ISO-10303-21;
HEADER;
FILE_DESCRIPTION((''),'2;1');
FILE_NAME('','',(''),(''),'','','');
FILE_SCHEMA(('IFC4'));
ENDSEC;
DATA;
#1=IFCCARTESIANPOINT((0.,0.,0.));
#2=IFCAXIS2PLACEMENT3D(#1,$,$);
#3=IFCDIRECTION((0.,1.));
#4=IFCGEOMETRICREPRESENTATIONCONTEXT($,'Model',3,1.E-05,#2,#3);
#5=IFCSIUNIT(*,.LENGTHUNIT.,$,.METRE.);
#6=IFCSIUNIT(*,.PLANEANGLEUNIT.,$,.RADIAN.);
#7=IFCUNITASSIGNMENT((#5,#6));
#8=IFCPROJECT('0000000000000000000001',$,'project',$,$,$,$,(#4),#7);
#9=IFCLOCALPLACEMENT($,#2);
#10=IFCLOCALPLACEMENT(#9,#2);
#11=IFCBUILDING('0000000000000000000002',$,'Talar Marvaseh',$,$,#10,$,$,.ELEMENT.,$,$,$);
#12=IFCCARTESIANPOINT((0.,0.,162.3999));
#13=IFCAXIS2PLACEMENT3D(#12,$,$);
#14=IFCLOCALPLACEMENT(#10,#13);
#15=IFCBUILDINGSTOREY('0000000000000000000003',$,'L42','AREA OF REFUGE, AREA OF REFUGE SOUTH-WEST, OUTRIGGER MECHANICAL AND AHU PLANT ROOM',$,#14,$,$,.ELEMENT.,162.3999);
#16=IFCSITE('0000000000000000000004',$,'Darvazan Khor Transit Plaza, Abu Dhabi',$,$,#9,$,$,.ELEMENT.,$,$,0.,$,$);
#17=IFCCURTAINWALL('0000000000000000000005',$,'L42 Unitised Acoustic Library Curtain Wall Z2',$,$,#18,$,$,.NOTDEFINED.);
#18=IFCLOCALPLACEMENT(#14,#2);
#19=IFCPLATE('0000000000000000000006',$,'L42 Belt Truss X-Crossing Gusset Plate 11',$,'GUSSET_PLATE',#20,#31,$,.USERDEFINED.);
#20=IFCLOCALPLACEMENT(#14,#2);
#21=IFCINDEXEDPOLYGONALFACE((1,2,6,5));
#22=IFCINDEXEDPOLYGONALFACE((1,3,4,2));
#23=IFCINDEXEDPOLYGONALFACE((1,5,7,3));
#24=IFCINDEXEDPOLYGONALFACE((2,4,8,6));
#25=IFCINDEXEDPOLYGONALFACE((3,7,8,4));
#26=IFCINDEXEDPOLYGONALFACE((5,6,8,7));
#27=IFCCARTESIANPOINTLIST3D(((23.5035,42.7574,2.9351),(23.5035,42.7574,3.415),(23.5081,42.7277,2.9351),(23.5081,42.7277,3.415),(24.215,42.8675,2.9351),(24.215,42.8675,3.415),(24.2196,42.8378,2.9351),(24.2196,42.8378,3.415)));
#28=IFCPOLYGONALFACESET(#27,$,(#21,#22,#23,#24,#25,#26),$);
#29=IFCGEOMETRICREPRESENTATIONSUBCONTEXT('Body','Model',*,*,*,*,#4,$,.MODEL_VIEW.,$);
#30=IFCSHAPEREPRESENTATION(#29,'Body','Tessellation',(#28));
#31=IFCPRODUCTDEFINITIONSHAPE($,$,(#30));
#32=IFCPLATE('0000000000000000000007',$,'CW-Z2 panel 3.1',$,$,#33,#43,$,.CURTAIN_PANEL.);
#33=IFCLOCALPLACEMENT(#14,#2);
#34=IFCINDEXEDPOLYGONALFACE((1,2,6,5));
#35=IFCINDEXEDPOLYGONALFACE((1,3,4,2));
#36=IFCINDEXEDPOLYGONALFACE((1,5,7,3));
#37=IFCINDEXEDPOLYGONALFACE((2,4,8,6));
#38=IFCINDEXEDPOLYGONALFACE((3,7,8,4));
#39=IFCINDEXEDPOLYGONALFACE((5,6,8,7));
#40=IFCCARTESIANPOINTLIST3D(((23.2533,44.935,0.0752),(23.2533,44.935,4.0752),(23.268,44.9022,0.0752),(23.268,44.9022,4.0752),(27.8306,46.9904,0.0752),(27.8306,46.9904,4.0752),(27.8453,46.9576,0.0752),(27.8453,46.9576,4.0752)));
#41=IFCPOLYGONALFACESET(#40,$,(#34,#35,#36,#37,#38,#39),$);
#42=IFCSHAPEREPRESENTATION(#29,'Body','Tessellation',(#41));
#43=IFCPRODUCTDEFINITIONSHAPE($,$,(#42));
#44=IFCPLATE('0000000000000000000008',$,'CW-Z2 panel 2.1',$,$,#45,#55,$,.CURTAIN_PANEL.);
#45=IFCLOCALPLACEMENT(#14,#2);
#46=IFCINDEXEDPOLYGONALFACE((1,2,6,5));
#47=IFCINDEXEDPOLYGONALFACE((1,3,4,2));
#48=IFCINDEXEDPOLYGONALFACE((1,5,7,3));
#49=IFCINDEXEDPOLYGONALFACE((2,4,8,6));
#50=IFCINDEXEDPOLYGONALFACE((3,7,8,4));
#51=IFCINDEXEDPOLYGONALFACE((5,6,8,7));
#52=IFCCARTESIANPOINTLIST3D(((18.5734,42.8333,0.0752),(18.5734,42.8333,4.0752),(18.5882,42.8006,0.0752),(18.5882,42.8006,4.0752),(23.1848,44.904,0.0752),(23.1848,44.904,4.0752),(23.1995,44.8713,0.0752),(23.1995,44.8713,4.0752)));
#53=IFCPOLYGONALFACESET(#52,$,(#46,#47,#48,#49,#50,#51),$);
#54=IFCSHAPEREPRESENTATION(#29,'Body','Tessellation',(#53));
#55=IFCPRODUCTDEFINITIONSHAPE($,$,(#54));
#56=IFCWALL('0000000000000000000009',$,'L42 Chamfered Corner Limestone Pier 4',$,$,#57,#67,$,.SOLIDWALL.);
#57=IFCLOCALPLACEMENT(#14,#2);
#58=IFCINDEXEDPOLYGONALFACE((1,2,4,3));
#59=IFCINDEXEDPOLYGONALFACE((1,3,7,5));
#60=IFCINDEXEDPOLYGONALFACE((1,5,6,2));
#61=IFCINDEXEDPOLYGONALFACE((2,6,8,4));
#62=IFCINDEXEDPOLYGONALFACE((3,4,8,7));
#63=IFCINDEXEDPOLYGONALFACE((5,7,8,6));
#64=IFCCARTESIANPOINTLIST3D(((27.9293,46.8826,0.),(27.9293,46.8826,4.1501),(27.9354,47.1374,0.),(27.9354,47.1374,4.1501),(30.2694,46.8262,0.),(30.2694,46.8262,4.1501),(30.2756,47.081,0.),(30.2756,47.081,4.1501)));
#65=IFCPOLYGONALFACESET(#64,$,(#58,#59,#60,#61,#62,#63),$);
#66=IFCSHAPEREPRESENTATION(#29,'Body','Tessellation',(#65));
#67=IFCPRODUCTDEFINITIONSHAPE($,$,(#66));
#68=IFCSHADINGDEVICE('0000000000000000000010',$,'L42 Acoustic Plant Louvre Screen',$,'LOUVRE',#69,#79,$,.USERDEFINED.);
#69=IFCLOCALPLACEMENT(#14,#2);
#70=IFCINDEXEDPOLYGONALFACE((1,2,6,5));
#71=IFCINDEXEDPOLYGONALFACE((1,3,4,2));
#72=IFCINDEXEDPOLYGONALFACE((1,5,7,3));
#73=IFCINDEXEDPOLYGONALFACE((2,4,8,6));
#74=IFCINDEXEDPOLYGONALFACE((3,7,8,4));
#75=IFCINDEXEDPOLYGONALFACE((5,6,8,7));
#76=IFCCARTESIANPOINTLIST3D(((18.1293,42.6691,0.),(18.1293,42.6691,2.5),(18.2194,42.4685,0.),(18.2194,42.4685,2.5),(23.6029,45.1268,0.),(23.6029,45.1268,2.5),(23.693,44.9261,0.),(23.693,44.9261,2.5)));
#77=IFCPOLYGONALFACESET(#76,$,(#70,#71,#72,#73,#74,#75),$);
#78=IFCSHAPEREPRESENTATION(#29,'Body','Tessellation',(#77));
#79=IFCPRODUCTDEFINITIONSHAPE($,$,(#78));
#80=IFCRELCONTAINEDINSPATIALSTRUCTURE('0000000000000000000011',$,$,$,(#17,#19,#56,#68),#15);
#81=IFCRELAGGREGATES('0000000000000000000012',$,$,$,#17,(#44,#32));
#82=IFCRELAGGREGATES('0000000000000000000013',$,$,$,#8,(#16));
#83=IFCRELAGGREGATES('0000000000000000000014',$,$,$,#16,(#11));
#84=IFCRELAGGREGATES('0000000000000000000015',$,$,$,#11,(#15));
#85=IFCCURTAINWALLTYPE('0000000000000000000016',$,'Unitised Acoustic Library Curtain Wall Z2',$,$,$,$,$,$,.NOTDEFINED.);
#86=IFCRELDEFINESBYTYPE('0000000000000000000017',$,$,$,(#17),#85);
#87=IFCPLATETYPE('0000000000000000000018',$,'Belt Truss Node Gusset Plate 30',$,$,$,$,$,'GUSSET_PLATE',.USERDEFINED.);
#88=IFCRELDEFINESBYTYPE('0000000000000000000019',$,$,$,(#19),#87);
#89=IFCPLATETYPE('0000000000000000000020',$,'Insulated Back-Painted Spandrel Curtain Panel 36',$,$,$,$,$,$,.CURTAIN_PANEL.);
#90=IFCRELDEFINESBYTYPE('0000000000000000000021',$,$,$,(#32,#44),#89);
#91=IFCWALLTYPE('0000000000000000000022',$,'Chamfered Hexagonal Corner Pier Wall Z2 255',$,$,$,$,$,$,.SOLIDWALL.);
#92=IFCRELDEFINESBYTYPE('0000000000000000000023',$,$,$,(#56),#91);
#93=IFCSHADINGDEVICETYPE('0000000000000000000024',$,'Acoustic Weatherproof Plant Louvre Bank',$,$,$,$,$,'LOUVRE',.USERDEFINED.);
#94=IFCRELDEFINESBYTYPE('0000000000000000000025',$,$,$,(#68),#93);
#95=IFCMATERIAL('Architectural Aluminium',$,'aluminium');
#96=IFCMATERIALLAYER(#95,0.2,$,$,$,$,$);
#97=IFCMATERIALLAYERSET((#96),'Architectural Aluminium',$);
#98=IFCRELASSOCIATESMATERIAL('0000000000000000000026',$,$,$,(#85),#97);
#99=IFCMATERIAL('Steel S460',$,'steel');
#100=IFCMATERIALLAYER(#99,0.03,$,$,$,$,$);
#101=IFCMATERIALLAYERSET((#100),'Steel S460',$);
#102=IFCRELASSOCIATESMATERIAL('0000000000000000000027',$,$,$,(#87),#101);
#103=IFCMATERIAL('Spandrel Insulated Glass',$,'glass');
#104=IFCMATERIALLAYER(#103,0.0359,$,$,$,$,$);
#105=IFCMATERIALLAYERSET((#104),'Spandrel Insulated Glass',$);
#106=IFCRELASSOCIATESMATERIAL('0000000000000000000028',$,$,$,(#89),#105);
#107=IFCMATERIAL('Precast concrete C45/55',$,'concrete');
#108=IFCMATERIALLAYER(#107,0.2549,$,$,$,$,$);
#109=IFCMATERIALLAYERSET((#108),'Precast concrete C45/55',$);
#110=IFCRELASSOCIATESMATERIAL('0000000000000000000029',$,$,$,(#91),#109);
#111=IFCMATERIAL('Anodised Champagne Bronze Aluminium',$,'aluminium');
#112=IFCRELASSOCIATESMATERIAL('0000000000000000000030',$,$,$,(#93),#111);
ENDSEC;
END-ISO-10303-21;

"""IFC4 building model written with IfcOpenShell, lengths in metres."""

from ifc_helpers import new_model, si_unit, direction, frame, frame_2d, origin, origin_2d, place, context, subcontext, project, spatial, rectangle, extrude, source, transform, mapped, material, layer, layer_set, type_object, type_shapes, element, aggregate, save


model = new_model("IFC4")

# Units and contexts
model_context = context("Model", 3, precision=1e-05, world=origin(), true_north=direction((0.0, 1.0)))
body_context = subcontext(model_context, "Body", "Model", "MODEL_VIEW")
ifc_project = project(units=[si_unit("LENGTHUNIT", "METRE"), si_unit("PLANEANGLEUNIT", "RADIAN")], contexts=[model_context])

# Site, building, storey
site_placement = place(None, origin())
site = spatial("IfcSite", under=ifc_project, at=site_placement, Name="Darvazan Khor Transit Plaza, Abu Dhabi", CompositionType="ELEMENT", RefElevation=0.0)
building_placement = place(site_placement, origin())
building = spatial("IfcBuilding", under=site, at=building_placement, Name="Talar Marvaseh", CompositionType="ELEMENT")
storey_placement = place(building_placement, frame((0.0, 0.0, 162.3999)))
storey = spatial("IfcBuildingStorey", under=building, at=storey_placement, Name="L42", Description="AREA OF REFUGE, AREA OF REFUGE SOUTH-WEST, OUTRIGGER MECHANICAL AND AHU PLANT ROOM", CompositionType="ELEMENT", Elevation=162.3999)

# Shared definitions
ifc_material_1 = material(Name="Steel S460", Category="steel")

# Curtain wall
ifc_material_2 = material(Name="Architectural Aluminium", Category="aluminium")
ifc_layer_1 = layer(ifc_material_2, 0.2)
ifc_layer_set_1 = layer_set([ifc_layer_1], Name="Architectural Aluminium")
curtain_wall_type = type_object("IfcCurtainWallType", Name="Unitised Acoustic Library Curtain Wall Z2", PredefinedType="NOTDEFINED", material=ifc_layer_set_1)
curtain_wall_placement = place(storey_placement, origin())
curtain_wall = element("IfcCurtainWall", 1, at=curtain_wall_placement, inside=storey, type_object=curtain_wall_type, Name="L42 Unitised Acoustic Library Curtain Wall Z2", PredefinedType="NOTDEFINED")

# Plate
ifc_layer_2 = layer(ifc_material_1, 0.03)
ifc_layer_set_2 = layer_set([ifc_layer_2], Name="Steel S460")
plate_type_1 = type_object("IfcPlateType", Name="Belt Truss Node Gusset Plate 30", ElementType="GUSSET_PLATE", PredefinedType="USERDEFINED", material=ifc_layer_set_2)
shared_shape_1 = source(origin(), body_context, "Body", "SweptSolid", [
    extrude(rectangle(XDim=0.72, YDim=0.03, at=origin_2d()), origin(), (0.0, 0.0, 1.0), 0.48),
])
type_shapes(plate_type_1, [shared_shape_1])
plate_1_placement = place(storey_placement, frame((23.8616, 42.7976, 2.9351), z_axis=(0.0, 0.0, 1.0), x_axis=(0.988228, 0.152986, 0.0)))
element("IfcPlate", 2, at=plate_1_placement, inside=storey, type_object=plate_type_1, Name="L42 Belt Truss X-Crossing Gusset Plate 11", ObjectType="GUSSET_PLATE", PredefinedType="USERDEFINED", context=body_context, shape_type="MappedRepresentation", body=[
    mapped(shared_shape_1, transform((0.0, 0.0, 0.0), x_axis=(1.0, 0.0, 0.0), y_axis=(0.0, 1.0, 0.0), z_axis=(0.0, 0.0, 1.0), scale=1.0)),
])

# Plates
ifc_material_3 = material(Name="Spandrel Insulated Glass", Category="glass")
ifc_layer_3 = layer(ifc_material_3, 0.0359)
ifc_layer_set_3 = layer_set([ifc_layer_3], Name="Spandrel Insulated Glass")
plate_type_2 = type_object("IfcPlateType", Name="Insulated Back-Painted Spandrel Curtain Panel 36", PredefinedType="CURTAIN_PANEL", material=ifc_layer_set_3)
shared_shape_2 = source(origin(), body_context, "Body", "SweptSolid", [
    extrude(rectangle(XDim=5.0176, YDim=0.0359, at=origin_2d()), origin(), (0.0, 0.0, 1.0), 4.0),
])
plate_2_placement = place(storey_placement, frame((25.5493, 45.9463, 0.0752), z_axis=(0.0, 0.0, 1.0), x_axis=(0.912248, 0.409639, 0.0)))
plate_2 = element("IfcPlate", 3, at=plate_2_placement, type_object=plate_type_2, Name="CW-Z2 panel 3.1", PredefinedType="CURTAIN_PANEL", context=body_context, shape_type="MappedRepresentation", body=[
    mapped(shared_shape_2, transform((0.0, 0.0, 0.0), x_axis=(1.0, 0.0, 0.0), y_axis=(0.0, 1.0, 0.0), z_axis=(0.0, 0.0, 1.0), scale=1.0)),
])
shared_shape_3 = source(origin(), body_context, "Body", "SweptSolid", [
    extrude(rectangle(XDim=5.0549, YDim=0.0359, at=origin_2d()), origin(), (0.0, 0.0, 1.0), 4.0),
])
type_shapes(plate_type_2, [shared_shape_2, shared_shape_3])
plate_3_placement = place(storey_placement, frame((20.8865, 43.8523, 0.0752), z_axis=(0.0, 0.0, 1.0), x_axis=(0.912248, 0.409639, 0.0)))
plate_3 = element("IfcPlate", 4, at=plate_3_placement, type_object=plate_type_2, Name="CW-Z2 panel 2.1", PredefinedType="CURTAIN_PANEL", context=body_context, shape_type="MappedRepresentation", body=[
    mapped(shared_shape_3, transform((0.0, 0.0, 0.0), x_axis=(1.0, 0.0, 0.0), y_axis=(0.0, 1.0, 0.0), z_axis=(0.0, 0.0, 1.0), scale=1.0)),
])
aggregate(curtain_wall, [plate_3, plate_2])

# Wall
ifc_material_4 = material(Name="Precast concrete C45/55", Category="concrete")
ifc_layer_4 = layer(ifc_material_4, 0.2549)
ifc_layer_set_4 = layer_set([ifc_layer_4], Name="Precast concrete C45/55")
wall_type = type_object("IfcWallType", Name="Chamfered Hexagonal Corner Pier Wall Z2 255", PredefinedType="SOLIDWALL", material=ifc_layer_set_4)
wall_placement = place(storey_placement, frame((27.9324, 47.01, 0.0), z_axis=(0.0, 0.0, 1.0), x_axis=(0.99971, -0.024093, 0.0)))
element("IfcWall", 5, at=wall_placement, inside=storey, type_object=wall_type, Name="L42 Chamfered Corner Limestone Pier 4", PredefinedType="SOLIDWALL", context=body_context, shape_type="SweptSolid", body=[
    extrude(rectangle(XDim=2.3408, YDim=0.2549, at=frame_2d((1.1704, 0.0))), origin(), (0.0, 0.0, 1.0), 4.1501),
])

# Shading device
ifc_material_5 = material(Name="Anodised Champagne Bronze Aluminium", Category="aluminium")
shading_device_type = type_object("IfcShadingDeviceType", Name="Acoustic Weatherproof Plant Louvre Bank", ElementType="LOUVRE", PredefinedType="USERDEFINED", material=ifc_material_5)
shared_shape_4 = source(origin(), body_context, "Body", "SweptSolid", [
    extrude(rectangle(XDim=6.0, YDim=0.22, at=origin_2d()), origin(), (0.0, 0.0, 1.0), 2.5),
])
type_shapes(shading_device_type, [shared_shape_4])
shading_device_placement = place(storey_placement, frame((20.9111, 43.7976, 0.0), z_axis=(0.0, 0.0, 1.0), x_axis=(0.912263, 0.409605, 0.0)))
element("IfcShadingDevice", 6, at=shading_device_placement, inside=storey, type_object=shading_device_type, Name="L42 Acoustic Plant Louvre Screen", ObjectType="LOUVRE", PredefinedType="USERDEFINED", context=body_context, shape_type="MappedRepresentation", body=[
    mapped(shared_shape_4, transform((0.0, 0.0, 0.0), x_axis=(1.0, 0.0, 0.0), y_axis=(0.0, 1.0, 0.0), z_axis=(0.0, 0.0, 1.0), scale=1.0)),
])

save(model, "model.ifc")
